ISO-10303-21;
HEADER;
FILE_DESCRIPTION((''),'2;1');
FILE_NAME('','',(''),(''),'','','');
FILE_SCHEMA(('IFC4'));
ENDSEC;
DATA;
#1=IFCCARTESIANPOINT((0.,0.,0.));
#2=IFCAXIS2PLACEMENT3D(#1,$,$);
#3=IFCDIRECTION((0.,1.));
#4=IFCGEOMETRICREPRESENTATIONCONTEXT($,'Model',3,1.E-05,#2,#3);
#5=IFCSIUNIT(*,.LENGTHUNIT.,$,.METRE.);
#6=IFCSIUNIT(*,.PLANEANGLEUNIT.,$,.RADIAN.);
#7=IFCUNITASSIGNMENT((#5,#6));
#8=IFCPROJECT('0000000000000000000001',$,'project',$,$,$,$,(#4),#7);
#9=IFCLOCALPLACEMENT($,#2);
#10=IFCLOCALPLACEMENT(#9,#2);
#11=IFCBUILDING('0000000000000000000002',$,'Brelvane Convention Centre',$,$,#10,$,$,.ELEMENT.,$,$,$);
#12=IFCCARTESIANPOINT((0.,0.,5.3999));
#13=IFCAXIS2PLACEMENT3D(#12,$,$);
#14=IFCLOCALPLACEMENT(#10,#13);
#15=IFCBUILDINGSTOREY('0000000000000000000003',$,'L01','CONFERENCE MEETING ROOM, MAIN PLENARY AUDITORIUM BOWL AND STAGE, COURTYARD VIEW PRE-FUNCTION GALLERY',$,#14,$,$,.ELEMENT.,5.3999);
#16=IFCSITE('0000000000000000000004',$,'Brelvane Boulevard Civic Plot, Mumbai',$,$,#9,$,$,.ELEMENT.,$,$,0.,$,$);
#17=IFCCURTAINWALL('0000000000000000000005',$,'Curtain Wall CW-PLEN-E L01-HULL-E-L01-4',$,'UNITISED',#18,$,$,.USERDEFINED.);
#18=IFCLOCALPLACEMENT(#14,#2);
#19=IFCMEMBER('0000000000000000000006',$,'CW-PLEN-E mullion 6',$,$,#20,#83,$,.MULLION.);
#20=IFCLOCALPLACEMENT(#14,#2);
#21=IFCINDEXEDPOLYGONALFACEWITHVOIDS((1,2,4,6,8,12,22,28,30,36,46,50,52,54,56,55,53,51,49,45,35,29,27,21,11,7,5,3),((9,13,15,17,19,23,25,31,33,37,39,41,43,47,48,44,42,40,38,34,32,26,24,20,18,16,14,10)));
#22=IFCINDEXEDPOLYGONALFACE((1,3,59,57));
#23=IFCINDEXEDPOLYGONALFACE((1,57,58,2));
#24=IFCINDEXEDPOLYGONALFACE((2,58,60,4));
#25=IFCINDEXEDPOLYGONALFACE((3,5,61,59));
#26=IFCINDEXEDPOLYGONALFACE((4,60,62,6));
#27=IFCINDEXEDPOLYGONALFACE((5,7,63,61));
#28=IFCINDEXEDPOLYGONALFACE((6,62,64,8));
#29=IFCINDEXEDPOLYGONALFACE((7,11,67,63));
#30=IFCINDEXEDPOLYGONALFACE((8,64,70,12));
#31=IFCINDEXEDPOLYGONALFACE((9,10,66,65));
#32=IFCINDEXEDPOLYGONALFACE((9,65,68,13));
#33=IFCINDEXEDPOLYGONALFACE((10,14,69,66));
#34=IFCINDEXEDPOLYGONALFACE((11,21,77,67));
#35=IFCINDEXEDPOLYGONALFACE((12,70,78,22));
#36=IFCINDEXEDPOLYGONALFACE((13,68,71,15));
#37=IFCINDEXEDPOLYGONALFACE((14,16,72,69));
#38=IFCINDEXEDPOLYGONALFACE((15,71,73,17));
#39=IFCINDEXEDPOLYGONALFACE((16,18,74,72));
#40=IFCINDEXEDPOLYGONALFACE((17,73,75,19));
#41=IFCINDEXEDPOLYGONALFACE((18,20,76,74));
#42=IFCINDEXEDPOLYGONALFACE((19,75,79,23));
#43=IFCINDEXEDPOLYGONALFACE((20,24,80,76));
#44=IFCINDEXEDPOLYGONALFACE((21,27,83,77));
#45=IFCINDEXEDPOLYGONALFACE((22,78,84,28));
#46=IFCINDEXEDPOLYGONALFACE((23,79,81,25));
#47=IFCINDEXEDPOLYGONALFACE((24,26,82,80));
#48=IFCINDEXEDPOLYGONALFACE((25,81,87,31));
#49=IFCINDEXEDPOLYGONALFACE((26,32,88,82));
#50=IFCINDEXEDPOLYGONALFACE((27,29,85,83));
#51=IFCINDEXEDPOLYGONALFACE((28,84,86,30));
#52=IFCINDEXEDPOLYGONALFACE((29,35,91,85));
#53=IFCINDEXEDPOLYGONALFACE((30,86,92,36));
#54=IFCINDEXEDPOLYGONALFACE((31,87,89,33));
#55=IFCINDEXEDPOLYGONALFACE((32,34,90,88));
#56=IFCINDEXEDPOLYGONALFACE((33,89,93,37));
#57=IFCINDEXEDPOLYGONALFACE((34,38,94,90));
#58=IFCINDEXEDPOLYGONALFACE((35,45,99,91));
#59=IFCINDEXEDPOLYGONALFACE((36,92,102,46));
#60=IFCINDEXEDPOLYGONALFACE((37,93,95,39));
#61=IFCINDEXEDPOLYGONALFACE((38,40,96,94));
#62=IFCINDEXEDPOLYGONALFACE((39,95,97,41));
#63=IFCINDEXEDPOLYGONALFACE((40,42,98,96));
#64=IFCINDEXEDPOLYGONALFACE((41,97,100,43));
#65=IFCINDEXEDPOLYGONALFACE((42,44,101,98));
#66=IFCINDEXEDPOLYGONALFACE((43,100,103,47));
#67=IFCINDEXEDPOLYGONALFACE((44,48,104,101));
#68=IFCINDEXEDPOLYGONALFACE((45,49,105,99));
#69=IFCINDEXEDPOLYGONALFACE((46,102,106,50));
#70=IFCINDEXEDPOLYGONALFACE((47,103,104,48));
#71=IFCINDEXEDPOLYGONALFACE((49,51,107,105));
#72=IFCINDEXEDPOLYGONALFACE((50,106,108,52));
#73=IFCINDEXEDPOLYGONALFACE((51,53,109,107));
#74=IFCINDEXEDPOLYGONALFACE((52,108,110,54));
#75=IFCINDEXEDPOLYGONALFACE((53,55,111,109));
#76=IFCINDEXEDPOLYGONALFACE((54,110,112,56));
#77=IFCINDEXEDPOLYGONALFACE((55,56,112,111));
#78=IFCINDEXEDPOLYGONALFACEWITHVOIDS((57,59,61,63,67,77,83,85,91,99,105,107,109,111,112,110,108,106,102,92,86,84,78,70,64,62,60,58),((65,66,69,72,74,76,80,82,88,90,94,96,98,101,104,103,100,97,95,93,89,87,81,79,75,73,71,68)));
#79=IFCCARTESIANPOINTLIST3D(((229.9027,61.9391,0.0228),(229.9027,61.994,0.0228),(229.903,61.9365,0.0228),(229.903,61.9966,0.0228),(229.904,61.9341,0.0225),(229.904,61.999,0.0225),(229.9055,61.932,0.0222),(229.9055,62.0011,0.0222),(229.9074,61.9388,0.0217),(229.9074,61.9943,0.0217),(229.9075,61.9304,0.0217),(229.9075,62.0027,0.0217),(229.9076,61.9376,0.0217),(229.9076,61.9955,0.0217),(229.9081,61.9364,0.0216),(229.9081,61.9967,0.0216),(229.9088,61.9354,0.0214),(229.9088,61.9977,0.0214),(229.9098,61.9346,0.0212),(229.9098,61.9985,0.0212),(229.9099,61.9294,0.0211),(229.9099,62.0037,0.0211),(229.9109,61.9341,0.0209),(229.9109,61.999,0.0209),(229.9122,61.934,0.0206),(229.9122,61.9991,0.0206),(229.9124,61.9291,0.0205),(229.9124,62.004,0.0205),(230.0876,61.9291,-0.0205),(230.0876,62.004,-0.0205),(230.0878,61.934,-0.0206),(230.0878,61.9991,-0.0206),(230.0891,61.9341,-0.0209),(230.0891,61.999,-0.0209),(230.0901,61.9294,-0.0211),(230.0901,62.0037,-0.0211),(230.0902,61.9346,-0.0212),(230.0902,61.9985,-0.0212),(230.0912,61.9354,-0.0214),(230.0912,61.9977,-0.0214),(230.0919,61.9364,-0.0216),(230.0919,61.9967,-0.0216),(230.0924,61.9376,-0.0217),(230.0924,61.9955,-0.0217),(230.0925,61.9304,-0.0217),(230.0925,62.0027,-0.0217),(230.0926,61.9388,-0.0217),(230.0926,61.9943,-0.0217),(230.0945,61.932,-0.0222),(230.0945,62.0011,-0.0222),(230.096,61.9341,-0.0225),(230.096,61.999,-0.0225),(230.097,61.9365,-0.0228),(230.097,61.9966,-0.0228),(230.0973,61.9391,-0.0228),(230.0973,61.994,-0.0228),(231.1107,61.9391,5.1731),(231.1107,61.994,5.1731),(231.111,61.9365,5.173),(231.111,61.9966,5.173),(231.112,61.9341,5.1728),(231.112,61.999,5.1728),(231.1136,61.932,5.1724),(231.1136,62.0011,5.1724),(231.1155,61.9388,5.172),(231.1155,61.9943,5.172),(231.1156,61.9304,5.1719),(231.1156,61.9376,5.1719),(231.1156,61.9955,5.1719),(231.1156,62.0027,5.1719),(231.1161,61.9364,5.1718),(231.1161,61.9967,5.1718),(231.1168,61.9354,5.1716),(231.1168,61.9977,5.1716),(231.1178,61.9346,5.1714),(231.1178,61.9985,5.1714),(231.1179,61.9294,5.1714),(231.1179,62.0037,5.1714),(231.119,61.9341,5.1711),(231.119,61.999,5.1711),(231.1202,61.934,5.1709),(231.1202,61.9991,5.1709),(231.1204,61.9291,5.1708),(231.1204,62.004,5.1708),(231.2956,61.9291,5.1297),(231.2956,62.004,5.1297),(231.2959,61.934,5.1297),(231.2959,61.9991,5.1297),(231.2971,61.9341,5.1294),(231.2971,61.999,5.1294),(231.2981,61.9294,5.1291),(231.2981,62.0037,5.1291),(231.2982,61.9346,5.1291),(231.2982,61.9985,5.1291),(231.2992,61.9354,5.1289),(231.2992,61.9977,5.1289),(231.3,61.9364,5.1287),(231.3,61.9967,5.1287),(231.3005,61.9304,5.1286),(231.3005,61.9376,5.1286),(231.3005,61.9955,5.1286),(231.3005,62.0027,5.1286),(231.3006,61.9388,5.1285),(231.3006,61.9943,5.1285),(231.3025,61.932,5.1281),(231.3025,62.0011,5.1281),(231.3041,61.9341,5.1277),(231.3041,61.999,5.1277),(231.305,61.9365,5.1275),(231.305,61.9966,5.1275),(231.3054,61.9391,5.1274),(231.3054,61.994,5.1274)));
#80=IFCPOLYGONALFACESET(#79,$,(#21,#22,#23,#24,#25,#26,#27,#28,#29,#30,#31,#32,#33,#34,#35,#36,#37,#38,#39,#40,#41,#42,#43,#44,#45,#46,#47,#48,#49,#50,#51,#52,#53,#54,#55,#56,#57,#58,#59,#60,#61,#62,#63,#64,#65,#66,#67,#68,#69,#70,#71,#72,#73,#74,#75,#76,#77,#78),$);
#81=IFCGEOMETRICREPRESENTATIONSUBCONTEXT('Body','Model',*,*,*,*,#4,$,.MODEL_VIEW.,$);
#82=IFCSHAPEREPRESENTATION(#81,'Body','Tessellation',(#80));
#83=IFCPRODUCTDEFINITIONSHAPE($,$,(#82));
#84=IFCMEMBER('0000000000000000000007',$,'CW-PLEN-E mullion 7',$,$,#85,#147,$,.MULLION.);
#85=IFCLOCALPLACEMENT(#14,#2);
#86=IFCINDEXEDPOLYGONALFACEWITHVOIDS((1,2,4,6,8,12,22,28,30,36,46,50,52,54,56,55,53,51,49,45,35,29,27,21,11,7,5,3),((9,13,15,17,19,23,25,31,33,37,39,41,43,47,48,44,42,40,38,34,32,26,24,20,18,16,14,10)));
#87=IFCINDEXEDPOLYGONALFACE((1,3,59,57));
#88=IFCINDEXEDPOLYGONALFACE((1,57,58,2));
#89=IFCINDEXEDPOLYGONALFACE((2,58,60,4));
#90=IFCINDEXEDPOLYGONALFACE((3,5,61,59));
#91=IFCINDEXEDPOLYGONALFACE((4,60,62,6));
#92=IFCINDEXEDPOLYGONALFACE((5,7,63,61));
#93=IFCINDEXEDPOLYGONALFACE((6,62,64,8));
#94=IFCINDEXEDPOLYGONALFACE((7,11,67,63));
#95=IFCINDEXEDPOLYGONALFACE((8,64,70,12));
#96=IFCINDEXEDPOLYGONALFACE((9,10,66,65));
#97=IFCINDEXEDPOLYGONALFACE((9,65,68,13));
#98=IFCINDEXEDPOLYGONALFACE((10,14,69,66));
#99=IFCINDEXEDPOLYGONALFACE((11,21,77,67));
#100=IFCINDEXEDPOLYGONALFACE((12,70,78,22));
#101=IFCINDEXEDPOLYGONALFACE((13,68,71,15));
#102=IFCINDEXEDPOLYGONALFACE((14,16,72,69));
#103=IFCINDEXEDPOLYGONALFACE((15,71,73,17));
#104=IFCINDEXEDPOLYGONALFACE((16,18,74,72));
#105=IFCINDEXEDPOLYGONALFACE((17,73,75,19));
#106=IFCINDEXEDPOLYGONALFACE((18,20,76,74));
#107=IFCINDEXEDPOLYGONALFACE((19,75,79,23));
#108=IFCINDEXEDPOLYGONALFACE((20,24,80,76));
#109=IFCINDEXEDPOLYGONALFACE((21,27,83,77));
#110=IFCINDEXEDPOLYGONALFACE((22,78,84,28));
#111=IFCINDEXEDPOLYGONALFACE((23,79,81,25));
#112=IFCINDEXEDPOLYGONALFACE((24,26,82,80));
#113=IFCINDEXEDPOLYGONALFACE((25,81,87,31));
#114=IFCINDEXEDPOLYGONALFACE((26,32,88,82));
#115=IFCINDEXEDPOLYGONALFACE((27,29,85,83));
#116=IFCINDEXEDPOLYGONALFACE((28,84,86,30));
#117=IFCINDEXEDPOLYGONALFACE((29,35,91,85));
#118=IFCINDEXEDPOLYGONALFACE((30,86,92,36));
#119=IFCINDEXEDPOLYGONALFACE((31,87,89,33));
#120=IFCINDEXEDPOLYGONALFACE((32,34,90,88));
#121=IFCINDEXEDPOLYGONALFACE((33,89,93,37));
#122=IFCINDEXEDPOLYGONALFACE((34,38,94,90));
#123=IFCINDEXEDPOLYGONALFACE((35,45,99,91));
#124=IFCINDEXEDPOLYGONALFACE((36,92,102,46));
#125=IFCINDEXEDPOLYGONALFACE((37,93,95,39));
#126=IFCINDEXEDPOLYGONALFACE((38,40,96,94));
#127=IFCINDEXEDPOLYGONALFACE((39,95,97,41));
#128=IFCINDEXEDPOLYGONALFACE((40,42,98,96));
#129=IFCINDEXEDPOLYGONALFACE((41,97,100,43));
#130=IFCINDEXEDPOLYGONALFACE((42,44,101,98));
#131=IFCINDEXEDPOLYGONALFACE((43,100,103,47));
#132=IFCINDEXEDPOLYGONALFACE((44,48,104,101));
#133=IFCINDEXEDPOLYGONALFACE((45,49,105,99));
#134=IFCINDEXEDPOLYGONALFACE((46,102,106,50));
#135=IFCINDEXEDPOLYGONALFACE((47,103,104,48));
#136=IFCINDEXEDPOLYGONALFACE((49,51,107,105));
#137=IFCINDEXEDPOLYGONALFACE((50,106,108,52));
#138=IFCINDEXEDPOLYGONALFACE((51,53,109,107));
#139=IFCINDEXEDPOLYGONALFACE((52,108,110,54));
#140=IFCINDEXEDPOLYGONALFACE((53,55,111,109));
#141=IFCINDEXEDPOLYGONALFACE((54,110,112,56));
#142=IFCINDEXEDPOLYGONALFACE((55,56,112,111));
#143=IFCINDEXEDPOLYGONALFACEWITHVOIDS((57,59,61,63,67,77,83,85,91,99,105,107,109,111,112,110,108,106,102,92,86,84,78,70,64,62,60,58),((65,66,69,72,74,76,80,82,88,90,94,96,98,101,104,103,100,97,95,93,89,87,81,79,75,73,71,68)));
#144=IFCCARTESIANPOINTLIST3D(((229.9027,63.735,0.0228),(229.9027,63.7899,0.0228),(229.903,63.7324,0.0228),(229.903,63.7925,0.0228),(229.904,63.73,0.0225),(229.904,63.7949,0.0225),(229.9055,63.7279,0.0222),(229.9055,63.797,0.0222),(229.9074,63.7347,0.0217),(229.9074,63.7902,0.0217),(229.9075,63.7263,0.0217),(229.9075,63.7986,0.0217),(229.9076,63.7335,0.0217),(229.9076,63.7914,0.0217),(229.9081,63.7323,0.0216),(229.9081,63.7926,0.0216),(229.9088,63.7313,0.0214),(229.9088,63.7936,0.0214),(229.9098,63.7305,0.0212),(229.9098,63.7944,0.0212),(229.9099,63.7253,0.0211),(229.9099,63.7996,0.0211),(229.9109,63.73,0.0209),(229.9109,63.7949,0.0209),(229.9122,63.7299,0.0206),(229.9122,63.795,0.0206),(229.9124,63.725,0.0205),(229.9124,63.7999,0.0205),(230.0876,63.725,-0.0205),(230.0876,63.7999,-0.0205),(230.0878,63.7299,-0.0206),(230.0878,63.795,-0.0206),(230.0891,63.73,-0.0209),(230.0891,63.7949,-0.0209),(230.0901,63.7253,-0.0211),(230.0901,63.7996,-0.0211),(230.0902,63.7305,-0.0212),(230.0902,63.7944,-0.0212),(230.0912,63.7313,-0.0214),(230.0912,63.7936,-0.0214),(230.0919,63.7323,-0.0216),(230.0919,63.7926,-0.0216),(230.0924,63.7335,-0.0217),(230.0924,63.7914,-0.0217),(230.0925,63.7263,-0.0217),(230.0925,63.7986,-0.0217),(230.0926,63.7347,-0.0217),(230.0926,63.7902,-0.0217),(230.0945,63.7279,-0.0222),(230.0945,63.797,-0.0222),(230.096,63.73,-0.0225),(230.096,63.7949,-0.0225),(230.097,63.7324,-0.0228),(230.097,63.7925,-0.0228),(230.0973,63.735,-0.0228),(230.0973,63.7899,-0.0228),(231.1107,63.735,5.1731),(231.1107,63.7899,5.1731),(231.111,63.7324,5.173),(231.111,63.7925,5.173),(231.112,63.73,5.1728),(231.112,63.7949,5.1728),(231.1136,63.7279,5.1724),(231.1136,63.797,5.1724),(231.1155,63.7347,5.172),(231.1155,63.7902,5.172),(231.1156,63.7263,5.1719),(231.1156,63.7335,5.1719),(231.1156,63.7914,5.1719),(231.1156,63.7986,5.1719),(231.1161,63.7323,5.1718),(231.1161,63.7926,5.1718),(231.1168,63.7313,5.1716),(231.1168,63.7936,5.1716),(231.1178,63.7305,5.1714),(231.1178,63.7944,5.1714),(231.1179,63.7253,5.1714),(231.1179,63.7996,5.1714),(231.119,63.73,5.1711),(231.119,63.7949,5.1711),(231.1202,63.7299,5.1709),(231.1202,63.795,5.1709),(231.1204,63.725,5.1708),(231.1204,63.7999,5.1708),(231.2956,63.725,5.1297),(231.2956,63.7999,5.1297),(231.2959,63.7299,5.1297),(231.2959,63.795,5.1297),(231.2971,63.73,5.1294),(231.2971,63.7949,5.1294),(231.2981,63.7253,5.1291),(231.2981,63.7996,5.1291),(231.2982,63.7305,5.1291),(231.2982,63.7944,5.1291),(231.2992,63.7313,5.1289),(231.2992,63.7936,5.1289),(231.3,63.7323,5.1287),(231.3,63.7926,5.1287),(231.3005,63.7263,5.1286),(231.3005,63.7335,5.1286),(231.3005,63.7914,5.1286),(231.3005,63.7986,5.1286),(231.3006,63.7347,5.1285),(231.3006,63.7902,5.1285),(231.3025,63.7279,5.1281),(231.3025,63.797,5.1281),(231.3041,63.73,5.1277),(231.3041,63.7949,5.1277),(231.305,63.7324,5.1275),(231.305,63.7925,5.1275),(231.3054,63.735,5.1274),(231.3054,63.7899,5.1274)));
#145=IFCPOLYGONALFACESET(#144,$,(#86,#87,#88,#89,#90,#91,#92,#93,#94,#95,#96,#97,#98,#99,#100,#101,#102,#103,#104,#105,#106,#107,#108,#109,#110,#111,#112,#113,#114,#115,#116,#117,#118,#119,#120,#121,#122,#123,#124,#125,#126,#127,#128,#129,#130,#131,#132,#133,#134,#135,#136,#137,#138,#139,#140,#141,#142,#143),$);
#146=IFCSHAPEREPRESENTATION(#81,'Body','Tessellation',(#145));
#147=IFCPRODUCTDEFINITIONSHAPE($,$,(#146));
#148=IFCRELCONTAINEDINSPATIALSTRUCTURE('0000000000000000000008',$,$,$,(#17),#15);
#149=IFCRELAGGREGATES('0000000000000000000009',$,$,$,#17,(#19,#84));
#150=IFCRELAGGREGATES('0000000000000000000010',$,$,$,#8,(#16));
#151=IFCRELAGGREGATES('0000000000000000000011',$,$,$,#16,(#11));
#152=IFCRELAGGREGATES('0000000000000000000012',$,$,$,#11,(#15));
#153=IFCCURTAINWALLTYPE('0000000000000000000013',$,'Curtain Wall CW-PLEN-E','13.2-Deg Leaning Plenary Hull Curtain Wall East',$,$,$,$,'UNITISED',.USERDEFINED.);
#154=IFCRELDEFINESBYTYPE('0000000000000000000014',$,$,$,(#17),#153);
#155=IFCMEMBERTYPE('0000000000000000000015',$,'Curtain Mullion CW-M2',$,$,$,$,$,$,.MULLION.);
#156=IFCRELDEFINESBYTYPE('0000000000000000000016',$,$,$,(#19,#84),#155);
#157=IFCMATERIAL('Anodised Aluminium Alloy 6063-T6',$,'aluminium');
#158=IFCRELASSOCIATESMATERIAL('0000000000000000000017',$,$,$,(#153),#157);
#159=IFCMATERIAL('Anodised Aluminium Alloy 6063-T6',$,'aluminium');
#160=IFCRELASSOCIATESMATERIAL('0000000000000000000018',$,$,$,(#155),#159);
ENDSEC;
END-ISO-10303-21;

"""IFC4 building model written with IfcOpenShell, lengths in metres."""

from ifc_helpers import new_model, si_unit, direction, frame, origin, origin_2d, place, context, subcontext, project, spatial, hollow_rectangle, extrude, material, material_profile, profile_set, type_object, element, aggregate, save


model = new_model("IFC4")

# Units and contexts
model_context = context("Model", 3, precision=1e-05, world=origin(), true_north=direction((0.0, 1.0)))
body_context = subcontext(model_context, "Body", "Model", "MODEL_VIEW")
ifc_project = project(units=[si_unit("LENGTHUNIT", "METRE"), si_unit("PLANEANGLEUNIT", "RADIAN")], contexts=[model_context])

# Site, building, storey
site_placement = place(None, origin())
site = spatial("IfcSite", under=ifc_project, at=site_placement, Name="Brelvane Boulevard Civic Plot, Mumbai", CompositionType="ELEMENT", RefElevation=0.0)
building_placement = place(site_placement, origin())
building = spatial("IfcBuilding", under=site, at=building_placement, Name="Brelvane Convention Centre", CompositionType="ELEMENT")
storey_placement = place(building_placement, frame((0.0, 0.0, 5.3999)))
storey = spatial("IfcBuildingStorey", under=building, at=storey_placement, Name="L01", Description="CONFERENCE MEETING ROOM, MAIN PLENARY AUDITORIUM BOWL AND STAGE, COURTYARD VIEW PRE-FUNCTION GALLERY", CompositionType="ELEMENT", Elevation=5.3999)

# Curtain wall, members
ifc_material_1 = material(Name="Anodised Aluminium Alloy 6063-T6", Category="aluminium")
curtain_wall_type = type_object("IfcCurtainWallType", Name="Curtain Wall CW-PLEN-E", Description="13.2-Deg Leaning Plenary Hull Curtain Wall East", ElementType="UNITISED", PredefinedType="USERDEFINED", material=ifc_material_1)
curtain_wall_1_placement = place(storey_placement, origin())
curtain_wall_1 = element("IfcCurtainWall", 1, at=curtain_wall_1_placement, inside=storey, type_object=curtain_wall_type, Name="Curtain Wall CW-PLEN-E L01-HULL-E-L01-4", ObjectType="UNITISED", PredefinedType="USERDEFINED")
ifc_material_2 = material(Name="Anodised Aluminium Alloy 6063-T6", Category="aluminium")
ifc_material_profile_1 = material_profile(ifc_material_2, hollow_rectangle(XDim=0.075, YDim=0.2, WallThickness=0.0049, InnerFilletRadius=0.0049, OuterFilletRadius=0.01, at=origin_2d()), Name="ALU-M 200x75x5.0")
ifc_profile_set_1 = profile_set([ifc_material_profile_1], Name="Anodised Aluminium Alloy 6063-T6")
member_type_1 = type_object("IfcMemberType", Name="Curtain Mullion CW-M2", PredefinedType="MULLION", material=ifc_profile_set_1)
member_1_placement = place(storey_placement, frame((230.0, 61.9666, 0.0), z_axis=(0.22836, 0.0, 0.973577), x_axis=(0.0, 1.0, 0.0)))
member_1 = element("IfcMember", 2, at=member_1_placement, type_object=member_type_1, Name="CW-PLEN-E mullion 6", PredefinedType="MULLION", context=body_context, shape_type="SweptSolid", body=[
    extrude(hollow_rectangle(XDim=0.075, YDim=0.2, WallThickness=0.0049, InnerFilletRadius=0.0049, OuterFilletRadius=0.01, at=origin_2d()), origin(), (0.0, 0.0, 1.0), 5.29),
])
member_2_placement = place(storey_placement, frame((230.0, 63.7625, 0.0), z_axis=(0.22836, 0.0, 0.973577), x_axis=(0.0, 1.0, 0.0)))
member_2 = element("IfcMember", 3, at=member_2_placement, type_object=member_type_1, Name="CW-PLEN-E mullion 7", PredefinedType="MULLION", context=body_context, shape_type="SweptSolid", body=[
    extrude(hollow_rectangle(XDim=0.075, YDim=0.2, WallThickness=0.0049, InnerFilletRadius=0.0049, OuterFilletRadius=0.01, at=origin_2d()), origin(), (0.0, 0.0, 1.0), 5.29),
])

aggregate(curtain_wall_1, [member_1, member_2])

save(model, "model.ifc")
